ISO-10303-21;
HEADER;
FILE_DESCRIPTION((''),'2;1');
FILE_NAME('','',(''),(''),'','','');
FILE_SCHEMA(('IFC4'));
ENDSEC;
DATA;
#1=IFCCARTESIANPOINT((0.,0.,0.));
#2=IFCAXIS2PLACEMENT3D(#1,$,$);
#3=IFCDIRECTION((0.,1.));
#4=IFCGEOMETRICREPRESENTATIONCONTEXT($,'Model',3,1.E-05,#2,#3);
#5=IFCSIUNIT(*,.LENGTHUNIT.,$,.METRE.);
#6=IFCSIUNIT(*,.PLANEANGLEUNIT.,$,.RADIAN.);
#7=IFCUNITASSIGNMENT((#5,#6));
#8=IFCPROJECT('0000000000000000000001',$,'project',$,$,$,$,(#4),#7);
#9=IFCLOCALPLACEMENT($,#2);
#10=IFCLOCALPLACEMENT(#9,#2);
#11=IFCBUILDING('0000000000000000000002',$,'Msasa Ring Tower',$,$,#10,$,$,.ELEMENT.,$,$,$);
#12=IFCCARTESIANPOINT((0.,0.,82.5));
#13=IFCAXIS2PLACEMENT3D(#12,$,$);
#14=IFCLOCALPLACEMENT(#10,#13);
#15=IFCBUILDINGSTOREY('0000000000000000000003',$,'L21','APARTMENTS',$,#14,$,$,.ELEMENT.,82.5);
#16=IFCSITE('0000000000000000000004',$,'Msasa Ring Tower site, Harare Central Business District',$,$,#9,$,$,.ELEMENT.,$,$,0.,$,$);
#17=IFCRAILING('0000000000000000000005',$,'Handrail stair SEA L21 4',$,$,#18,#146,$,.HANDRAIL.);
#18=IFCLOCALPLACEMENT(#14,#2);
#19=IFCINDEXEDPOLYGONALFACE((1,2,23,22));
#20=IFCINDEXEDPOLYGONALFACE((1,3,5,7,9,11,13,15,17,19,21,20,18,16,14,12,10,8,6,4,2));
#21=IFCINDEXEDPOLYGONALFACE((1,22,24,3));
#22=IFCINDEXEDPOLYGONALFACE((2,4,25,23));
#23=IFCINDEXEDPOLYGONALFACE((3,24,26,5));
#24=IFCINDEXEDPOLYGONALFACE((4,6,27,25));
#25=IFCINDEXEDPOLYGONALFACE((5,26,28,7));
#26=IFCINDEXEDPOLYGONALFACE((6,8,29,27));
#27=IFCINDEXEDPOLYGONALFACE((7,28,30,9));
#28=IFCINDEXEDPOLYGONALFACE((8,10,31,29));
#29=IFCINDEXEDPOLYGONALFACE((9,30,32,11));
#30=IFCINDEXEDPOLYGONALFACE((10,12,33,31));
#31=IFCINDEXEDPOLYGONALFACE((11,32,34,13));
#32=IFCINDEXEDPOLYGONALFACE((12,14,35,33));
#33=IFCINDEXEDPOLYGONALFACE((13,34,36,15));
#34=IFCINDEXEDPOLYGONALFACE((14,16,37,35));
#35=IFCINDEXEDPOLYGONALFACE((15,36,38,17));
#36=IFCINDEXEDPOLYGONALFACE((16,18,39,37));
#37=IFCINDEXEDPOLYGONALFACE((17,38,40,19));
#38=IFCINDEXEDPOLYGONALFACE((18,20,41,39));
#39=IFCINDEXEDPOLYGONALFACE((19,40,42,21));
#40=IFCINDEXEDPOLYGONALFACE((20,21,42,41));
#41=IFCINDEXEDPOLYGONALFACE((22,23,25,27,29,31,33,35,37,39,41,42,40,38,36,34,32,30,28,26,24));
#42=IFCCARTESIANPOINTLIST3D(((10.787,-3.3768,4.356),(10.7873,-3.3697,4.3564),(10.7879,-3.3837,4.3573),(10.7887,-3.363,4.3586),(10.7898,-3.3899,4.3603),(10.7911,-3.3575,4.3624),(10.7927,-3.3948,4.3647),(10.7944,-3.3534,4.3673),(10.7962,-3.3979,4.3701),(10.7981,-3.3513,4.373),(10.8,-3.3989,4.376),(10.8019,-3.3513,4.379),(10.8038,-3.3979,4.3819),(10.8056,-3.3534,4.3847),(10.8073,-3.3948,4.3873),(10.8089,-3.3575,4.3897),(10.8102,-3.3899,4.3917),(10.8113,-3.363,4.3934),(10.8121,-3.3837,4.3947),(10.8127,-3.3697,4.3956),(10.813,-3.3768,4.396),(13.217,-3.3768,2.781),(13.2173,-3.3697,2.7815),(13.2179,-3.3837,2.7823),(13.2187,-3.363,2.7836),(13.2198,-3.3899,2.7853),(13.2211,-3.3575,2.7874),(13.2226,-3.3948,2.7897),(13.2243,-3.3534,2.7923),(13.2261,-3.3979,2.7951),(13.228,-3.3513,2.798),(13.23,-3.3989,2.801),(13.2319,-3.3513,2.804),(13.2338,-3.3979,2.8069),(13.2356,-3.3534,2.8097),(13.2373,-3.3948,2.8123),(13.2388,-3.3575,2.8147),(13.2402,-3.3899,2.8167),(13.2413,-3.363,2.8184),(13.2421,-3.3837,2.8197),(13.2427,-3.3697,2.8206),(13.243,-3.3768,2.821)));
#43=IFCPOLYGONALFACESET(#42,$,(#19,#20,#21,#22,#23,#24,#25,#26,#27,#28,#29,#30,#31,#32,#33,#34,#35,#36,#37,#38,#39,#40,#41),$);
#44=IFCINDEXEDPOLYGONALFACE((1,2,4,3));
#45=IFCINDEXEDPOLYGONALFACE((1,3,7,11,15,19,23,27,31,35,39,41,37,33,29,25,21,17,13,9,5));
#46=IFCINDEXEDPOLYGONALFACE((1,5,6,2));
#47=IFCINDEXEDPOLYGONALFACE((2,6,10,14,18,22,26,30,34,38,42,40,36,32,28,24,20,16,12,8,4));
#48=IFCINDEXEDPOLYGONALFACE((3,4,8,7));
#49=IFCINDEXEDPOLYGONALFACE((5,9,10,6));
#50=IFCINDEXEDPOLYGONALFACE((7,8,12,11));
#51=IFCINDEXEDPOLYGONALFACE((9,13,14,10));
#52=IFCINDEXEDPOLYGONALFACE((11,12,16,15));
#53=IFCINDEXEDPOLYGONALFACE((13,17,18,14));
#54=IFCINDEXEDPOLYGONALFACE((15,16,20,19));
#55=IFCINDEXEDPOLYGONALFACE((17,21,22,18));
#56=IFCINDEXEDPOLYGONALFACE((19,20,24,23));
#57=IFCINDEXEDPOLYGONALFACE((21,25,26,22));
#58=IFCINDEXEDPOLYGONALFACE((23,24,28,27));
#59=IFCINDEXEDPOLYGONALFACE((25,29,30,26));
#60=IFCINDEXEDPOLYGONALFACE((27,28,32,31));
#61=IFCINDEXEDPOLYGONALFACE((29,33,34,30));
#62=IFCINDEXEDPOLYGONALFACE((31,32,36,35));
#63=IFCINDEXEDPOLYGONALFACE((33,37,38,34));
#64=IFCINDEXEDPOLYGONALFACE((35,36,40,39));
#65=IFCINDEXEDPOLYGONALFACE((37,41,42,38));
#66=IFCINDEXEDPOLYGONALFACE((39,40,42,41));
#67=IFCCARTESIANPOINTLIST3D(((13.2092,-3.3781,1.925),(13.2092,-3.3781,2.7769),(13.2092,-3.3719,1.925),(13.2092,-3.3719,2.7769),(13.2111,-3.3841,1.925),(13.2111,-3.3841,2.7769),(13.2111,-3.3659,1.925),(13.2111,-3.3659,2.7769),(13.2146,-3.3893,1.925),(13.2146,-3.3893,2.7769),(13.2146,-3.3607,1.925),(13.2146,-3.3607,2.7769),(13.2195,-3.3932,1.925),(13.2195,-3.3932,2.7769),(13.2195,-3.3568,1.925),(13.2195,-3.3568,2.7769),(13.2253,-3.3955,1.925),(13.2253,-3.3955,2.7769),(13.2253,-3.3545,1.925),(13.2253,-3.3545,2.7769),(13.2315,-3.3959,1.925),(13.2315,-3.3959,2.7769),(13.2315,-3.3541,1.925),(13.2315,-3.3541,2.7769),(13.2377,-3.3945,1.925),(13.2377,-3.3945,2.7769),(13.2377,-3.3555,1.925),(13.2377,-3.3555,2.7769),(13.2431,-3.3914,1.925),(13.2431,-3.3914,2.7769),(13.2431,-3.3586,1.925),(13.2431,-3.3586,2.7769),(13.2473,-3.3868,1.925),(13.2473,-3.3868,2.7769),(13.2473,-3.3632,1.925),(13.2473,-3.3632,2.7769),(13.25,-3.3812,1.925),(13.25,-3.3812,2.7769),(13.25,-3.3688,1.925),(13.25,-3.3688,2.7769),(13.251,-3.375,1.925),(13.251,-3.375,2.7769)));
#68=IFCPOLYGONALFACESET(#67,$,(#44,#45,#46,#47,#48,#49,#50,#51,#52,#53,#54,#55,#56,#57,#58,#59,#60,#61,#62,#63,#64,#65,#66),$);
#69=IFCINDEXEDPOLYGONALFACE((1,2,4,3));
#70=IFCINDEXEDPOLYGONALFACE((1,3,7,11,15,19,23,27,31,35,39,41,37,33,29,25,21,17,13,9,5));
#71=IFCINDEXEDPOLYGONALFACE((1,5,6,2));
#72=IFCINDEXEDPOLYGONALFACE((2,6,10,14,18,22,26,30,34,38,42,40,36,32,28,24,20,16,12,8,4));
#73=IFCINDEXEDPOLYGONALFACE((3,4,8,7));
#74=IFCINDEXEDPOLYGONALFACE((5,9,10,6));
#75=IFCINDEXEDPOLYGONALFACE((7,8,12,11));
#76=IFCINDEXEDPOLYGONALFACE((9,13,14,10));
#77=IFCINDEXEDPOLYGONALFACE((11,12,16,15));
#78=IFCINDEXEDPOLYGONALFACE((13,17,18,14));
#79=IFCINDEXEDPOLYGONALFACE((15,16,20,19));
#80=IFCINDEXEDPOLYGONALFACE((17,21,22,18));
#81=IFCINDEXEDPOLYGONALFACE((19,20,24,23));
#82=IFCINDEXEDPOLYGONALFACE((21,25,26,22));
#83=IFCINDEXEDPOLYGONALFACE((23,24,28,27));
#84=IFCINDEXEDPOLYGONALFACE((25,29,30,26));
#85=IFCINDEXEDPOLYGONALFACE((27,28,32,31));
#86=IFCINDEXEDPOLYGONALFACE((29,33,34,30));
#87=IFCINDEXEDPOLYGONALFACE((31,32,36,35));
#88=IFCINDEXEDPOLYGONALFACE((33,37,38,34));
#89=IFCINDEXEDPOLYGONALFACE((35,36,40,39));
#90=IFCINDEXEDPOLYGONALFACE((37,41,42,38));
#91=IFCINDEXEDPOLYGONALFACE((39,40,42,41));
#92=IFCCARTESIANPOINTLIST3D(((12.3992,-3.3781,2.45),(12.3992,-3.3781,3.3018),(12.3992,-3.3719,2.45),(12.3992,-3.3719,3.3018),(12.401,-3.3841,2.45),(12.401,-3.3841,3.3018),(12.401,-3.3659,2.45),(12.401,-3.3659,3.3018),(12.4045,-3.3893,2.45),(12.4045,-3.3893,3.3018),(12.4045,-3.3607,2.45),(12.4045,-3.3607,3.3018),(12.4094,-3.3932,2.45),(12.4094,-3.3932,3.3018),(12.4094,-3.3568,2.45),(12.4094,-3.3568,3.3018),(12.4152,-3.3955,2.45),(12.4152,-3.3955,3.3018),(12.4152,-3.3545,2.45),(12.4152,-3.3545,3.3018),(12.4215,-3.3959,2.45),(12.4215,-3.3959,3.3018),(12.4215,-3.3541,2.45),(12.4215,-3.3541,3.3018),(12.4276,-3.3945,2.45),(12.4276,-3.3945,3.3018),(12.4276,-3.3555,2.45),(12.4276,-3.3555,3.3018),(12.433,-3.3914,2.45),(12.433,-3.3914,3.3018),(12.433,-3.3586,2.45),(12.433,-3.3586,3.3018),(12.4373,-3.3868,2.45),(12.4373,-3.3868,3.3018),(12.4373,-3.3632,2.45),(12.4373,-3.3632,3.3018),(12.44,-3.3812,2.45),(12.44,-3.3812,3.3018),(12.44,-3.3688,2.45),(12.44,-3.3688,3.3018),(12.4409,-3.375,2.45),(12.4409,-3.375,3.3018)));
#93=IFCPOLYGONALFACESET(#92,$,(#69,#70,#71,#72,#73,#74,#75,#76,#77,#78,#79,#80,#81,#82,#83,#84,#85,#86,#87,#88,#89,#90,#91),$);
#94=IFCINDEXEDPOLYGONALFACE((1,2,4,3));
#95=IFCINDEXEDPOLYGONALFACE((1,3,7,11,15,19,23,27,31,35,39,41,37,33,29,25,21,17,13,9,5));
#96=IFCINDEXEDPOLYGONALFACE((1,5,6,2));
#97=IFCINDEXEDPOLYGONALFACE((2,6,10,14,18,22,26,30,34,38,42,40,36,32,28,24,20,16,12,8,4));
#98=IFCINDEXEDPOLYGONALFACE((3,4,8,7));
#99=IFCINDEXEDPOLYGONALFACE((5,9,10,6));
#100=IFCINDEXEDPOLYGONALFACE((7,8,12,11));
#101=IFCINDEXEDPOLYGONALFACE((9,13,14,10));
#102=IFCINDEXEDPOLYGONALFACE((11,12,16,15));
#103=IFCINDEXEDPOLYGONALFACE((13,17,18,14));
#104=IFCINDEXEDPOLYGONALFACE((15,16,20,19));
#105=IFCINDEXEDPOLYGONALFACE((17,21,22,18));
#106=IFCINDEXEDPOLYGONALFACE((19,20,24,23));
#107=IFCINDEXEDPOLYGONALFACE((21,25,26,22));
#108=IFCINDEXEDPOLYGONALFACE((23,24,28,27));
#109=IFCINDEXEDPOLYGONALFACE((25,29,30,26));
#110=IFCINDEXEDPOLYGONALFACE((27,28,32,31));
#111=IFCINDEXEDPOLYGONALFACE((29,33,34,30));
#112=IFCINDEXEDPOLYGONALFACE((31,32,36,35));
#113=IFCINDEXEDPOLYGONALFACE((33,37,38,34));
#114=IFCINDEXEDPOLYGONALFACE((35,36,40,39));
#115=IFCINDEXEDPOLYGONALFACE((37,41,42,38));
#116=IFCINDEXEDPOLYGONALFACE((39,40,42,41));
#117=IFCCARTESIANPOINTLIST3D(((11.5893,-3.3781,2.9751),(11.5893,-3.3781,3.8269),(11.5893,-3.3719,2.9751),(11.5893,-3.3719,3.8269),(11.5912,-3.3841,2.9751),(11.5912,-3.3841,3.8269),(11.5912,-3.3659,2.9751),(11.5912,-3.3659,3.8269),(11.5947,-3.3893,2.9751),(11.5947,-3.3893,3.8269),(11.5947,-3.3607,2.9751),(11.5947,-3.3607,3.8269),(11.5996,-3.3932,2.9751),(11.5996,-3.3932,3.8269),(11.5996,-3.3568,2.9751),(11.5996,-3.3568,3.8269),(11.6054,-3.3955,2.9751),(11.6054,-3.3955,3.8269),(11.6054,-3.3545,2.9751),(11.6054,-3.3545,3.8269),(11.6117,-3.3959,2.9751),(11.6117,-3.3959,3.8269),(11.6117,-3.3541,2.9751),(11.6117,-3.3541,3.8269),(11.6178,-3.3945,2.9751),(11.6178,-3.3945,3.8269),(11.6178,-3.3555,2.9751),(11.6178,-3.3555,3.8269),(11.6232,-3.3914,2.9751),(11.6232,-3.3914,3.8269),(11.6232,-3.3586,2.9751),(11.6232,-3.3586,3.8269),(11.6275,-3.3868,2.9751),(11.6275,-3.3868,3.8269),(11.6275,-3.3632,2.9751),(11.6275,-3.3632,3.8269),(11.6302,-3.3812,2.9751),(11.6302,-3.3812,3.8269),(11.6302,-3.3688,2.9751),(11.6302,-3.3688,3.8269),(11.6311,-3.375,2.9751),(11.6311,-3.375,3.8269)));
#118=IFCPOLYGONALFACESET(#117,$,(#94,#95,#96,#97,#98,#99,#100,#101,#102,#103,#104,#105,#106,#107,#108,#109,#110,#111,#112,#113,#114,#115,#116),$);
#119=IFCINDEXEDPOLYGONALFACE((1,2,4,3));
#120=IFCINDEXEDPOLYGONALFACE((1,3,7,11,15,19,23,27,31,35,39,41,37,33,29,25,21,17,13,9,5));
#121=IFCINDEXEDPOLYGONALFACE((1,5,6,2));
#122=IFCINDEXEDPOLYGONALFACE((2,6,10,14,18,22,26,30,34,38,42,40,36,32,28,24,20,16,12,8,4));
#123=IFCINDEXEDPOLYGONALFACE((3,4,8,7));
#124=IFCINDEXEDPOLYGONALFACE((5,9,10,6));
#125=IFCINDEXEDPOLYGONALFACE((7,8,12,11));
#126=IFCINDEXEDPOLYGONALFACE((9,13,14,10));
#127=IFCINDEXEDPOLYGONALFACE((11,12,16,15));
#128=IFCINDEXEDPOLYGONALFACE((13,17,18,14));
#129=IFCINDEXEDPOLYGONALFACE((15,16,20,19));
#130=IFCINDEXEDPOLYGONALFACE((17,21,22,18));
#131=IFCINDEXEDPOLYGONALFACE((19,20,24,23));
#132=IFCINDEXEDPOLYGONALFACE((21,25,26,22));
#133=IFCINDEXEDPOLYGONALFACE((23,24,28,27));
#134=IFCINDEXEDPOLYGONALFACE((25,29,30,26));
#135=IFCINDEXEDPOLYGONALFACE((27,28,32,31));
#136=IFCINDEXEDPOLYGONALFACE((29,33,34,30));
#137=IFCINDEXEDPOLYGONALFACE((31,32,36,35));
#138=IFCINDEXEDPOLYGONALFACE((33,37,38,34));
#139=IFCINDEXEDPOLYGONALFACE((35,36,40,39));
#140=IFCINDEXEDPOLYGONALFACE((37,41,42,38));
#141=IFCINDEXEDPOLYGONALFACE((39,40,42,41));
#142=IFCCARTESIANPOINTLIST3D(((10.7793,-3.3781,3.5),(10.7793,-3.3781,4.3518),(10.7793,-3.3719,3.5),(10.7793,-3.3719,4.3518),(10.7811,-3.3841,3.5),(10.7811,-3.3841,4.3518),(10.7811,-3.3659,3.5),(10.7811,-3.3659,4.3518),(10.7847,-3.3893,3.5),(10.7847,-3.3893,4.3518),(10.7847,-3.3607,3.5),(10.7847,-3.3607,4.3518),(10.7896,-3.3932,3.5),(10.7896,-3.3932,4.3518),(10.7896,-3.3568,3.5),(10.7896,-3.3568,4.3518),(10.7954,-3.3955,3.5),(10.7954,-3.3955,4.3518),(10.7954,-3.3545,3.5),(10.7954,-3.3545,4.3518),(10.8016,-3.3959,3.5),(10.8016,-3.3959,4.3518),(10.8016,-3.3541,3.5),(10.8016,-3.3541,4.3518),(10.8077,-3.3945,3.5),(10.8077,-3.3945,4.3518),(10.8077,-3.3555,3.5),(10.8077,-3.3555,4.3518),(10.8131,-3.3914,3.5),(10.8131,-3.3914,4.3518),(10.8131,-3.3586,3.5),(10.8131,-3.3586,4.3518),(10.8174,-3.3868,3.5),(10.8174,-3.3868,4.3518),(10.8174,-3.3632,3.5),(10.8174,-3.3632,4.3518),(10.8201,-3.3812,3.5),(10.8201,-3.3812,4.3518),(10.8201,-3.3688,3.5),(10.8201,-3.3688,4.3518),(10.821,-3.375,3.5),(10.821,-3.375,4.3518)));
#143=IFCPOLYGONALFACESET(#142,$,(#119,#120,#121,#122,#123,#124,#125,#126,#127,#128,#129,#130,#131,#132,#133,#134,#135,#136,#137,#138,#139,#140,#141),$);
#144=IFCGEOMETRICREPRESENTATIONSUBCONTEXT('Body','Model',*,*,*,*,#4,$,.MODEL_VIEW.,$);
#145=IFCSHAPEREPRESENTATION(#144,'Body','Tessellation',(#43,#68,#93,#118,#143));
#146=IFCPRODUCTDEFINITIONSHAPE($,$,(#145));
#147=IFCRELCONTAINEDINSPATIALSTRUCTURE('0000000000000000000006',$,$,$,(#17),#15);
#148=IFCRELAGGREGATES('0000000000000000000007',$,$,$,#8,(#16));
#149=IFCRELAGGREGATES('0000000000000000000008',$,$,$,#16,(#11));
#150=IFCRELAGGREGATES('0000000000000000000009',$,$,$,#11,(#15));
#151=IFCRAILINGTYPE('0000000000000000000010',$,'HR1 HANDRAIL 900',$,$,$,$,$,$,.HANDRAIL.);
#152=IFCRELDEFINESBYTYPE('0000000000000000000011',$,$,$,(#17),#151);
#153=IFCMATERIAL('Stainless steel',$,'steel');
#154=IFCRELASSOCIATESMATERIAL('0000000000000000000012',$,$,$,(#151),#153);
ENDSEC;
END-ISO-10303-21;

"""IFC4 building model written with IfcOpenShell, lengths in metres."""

from ifc_helpers import new_model, si_unit, direction, frame, origin, origin_2d, place, context, subcontext, project, spatial, circle, extrude, material, type_object, element, save


model = new_model("IFC4")

# Units and contexts
model_context = context("Model", 3, precision=1e-05, world=origin(), true_north=direction((0.0, 1.0)))
body_context = subcontext(model_context, "Body", "Model", "MODEL_VIEW")
ifc_project = project(units=[si_unit("LENGTHUNIT", "METRE"), si_unit("PLANEANGLEUNIT", "RADIAN")], contexts=[model_context])

# Site, building, storey
site_placement = place(None, origin())
site = spatial("IfcSite", under=ifc_project, at=site_placement, Name="Msasa Ring Tower site, Harare Central Business District", CompositionType="ELEMENT", RefElevation=0.0)
building_placement = place(site_placement, origin())
building = spatial("IfcBuilding", under=site, at=building_placement, Name="Msasa Ring Tower", CompositionType="ELEMENT")
storey_placement = place(building_placement, frame((0.0, 0.0, 82.5)))
storey = spatial("IfcBuildingStorey", under=building, at=storey_placement, Name="L21", Description="APARTMENTS", CompositionType="ELEMENT", Elevation=82.5)

# Railing
ifc_material_1 = material(Name="Stainless steel", Category="steel")
railing_type = type_object("IfcRailingType", Name="HR1 HANDRAIL 900", PredefinedType="HANDRAIL", material=ifc_material_1)
for number, where, name in (
    (1, (13.23, -3.375, 1.925), "Handrail stair SEA L21 4"),
):
    element("IfcRailing", number, at=place(storey_placement, frame(where)), inside=storey, type_object=railing_type, Name=name, PredefinedType="HANDRAIL", context=body_context, shape_type="SweptSolid", body=[
        extrude(circle(Radius=0.0239, at=origin_2d()), frame((0.0, 0.0, 0.876), z_axis=(-0.839154, 0.0, 0.543894), x_axis=(0.0, -1.0, 0.0)), (0.0, 0.0, 1.0), 2.8958),
        extrude(circle(Radius=0.021, at=origin_2d()), origin(), (0.0, 0.0, 1.0), 0.8518),
        extrude(circle(Radius=0.021, at=origin_2d()), frame((-0.8101, 0.0, 0.5249)), (0.0, 0.0, 1.0), 0.8518),
        extrude(circle(Radius=0.021, at=origin_2d()), frame((-1.6199, 0.0, 1.05)), (0.0, 0.0, 1.0), 0.8518),
        extrude(circle(Radius=0.021, at=origin_2d()), frame((-2.4299, 0.0, 1.575)), (0.0, 0.0, 1.0), 0.8518),
    ])

save(model, "model.ifc")
